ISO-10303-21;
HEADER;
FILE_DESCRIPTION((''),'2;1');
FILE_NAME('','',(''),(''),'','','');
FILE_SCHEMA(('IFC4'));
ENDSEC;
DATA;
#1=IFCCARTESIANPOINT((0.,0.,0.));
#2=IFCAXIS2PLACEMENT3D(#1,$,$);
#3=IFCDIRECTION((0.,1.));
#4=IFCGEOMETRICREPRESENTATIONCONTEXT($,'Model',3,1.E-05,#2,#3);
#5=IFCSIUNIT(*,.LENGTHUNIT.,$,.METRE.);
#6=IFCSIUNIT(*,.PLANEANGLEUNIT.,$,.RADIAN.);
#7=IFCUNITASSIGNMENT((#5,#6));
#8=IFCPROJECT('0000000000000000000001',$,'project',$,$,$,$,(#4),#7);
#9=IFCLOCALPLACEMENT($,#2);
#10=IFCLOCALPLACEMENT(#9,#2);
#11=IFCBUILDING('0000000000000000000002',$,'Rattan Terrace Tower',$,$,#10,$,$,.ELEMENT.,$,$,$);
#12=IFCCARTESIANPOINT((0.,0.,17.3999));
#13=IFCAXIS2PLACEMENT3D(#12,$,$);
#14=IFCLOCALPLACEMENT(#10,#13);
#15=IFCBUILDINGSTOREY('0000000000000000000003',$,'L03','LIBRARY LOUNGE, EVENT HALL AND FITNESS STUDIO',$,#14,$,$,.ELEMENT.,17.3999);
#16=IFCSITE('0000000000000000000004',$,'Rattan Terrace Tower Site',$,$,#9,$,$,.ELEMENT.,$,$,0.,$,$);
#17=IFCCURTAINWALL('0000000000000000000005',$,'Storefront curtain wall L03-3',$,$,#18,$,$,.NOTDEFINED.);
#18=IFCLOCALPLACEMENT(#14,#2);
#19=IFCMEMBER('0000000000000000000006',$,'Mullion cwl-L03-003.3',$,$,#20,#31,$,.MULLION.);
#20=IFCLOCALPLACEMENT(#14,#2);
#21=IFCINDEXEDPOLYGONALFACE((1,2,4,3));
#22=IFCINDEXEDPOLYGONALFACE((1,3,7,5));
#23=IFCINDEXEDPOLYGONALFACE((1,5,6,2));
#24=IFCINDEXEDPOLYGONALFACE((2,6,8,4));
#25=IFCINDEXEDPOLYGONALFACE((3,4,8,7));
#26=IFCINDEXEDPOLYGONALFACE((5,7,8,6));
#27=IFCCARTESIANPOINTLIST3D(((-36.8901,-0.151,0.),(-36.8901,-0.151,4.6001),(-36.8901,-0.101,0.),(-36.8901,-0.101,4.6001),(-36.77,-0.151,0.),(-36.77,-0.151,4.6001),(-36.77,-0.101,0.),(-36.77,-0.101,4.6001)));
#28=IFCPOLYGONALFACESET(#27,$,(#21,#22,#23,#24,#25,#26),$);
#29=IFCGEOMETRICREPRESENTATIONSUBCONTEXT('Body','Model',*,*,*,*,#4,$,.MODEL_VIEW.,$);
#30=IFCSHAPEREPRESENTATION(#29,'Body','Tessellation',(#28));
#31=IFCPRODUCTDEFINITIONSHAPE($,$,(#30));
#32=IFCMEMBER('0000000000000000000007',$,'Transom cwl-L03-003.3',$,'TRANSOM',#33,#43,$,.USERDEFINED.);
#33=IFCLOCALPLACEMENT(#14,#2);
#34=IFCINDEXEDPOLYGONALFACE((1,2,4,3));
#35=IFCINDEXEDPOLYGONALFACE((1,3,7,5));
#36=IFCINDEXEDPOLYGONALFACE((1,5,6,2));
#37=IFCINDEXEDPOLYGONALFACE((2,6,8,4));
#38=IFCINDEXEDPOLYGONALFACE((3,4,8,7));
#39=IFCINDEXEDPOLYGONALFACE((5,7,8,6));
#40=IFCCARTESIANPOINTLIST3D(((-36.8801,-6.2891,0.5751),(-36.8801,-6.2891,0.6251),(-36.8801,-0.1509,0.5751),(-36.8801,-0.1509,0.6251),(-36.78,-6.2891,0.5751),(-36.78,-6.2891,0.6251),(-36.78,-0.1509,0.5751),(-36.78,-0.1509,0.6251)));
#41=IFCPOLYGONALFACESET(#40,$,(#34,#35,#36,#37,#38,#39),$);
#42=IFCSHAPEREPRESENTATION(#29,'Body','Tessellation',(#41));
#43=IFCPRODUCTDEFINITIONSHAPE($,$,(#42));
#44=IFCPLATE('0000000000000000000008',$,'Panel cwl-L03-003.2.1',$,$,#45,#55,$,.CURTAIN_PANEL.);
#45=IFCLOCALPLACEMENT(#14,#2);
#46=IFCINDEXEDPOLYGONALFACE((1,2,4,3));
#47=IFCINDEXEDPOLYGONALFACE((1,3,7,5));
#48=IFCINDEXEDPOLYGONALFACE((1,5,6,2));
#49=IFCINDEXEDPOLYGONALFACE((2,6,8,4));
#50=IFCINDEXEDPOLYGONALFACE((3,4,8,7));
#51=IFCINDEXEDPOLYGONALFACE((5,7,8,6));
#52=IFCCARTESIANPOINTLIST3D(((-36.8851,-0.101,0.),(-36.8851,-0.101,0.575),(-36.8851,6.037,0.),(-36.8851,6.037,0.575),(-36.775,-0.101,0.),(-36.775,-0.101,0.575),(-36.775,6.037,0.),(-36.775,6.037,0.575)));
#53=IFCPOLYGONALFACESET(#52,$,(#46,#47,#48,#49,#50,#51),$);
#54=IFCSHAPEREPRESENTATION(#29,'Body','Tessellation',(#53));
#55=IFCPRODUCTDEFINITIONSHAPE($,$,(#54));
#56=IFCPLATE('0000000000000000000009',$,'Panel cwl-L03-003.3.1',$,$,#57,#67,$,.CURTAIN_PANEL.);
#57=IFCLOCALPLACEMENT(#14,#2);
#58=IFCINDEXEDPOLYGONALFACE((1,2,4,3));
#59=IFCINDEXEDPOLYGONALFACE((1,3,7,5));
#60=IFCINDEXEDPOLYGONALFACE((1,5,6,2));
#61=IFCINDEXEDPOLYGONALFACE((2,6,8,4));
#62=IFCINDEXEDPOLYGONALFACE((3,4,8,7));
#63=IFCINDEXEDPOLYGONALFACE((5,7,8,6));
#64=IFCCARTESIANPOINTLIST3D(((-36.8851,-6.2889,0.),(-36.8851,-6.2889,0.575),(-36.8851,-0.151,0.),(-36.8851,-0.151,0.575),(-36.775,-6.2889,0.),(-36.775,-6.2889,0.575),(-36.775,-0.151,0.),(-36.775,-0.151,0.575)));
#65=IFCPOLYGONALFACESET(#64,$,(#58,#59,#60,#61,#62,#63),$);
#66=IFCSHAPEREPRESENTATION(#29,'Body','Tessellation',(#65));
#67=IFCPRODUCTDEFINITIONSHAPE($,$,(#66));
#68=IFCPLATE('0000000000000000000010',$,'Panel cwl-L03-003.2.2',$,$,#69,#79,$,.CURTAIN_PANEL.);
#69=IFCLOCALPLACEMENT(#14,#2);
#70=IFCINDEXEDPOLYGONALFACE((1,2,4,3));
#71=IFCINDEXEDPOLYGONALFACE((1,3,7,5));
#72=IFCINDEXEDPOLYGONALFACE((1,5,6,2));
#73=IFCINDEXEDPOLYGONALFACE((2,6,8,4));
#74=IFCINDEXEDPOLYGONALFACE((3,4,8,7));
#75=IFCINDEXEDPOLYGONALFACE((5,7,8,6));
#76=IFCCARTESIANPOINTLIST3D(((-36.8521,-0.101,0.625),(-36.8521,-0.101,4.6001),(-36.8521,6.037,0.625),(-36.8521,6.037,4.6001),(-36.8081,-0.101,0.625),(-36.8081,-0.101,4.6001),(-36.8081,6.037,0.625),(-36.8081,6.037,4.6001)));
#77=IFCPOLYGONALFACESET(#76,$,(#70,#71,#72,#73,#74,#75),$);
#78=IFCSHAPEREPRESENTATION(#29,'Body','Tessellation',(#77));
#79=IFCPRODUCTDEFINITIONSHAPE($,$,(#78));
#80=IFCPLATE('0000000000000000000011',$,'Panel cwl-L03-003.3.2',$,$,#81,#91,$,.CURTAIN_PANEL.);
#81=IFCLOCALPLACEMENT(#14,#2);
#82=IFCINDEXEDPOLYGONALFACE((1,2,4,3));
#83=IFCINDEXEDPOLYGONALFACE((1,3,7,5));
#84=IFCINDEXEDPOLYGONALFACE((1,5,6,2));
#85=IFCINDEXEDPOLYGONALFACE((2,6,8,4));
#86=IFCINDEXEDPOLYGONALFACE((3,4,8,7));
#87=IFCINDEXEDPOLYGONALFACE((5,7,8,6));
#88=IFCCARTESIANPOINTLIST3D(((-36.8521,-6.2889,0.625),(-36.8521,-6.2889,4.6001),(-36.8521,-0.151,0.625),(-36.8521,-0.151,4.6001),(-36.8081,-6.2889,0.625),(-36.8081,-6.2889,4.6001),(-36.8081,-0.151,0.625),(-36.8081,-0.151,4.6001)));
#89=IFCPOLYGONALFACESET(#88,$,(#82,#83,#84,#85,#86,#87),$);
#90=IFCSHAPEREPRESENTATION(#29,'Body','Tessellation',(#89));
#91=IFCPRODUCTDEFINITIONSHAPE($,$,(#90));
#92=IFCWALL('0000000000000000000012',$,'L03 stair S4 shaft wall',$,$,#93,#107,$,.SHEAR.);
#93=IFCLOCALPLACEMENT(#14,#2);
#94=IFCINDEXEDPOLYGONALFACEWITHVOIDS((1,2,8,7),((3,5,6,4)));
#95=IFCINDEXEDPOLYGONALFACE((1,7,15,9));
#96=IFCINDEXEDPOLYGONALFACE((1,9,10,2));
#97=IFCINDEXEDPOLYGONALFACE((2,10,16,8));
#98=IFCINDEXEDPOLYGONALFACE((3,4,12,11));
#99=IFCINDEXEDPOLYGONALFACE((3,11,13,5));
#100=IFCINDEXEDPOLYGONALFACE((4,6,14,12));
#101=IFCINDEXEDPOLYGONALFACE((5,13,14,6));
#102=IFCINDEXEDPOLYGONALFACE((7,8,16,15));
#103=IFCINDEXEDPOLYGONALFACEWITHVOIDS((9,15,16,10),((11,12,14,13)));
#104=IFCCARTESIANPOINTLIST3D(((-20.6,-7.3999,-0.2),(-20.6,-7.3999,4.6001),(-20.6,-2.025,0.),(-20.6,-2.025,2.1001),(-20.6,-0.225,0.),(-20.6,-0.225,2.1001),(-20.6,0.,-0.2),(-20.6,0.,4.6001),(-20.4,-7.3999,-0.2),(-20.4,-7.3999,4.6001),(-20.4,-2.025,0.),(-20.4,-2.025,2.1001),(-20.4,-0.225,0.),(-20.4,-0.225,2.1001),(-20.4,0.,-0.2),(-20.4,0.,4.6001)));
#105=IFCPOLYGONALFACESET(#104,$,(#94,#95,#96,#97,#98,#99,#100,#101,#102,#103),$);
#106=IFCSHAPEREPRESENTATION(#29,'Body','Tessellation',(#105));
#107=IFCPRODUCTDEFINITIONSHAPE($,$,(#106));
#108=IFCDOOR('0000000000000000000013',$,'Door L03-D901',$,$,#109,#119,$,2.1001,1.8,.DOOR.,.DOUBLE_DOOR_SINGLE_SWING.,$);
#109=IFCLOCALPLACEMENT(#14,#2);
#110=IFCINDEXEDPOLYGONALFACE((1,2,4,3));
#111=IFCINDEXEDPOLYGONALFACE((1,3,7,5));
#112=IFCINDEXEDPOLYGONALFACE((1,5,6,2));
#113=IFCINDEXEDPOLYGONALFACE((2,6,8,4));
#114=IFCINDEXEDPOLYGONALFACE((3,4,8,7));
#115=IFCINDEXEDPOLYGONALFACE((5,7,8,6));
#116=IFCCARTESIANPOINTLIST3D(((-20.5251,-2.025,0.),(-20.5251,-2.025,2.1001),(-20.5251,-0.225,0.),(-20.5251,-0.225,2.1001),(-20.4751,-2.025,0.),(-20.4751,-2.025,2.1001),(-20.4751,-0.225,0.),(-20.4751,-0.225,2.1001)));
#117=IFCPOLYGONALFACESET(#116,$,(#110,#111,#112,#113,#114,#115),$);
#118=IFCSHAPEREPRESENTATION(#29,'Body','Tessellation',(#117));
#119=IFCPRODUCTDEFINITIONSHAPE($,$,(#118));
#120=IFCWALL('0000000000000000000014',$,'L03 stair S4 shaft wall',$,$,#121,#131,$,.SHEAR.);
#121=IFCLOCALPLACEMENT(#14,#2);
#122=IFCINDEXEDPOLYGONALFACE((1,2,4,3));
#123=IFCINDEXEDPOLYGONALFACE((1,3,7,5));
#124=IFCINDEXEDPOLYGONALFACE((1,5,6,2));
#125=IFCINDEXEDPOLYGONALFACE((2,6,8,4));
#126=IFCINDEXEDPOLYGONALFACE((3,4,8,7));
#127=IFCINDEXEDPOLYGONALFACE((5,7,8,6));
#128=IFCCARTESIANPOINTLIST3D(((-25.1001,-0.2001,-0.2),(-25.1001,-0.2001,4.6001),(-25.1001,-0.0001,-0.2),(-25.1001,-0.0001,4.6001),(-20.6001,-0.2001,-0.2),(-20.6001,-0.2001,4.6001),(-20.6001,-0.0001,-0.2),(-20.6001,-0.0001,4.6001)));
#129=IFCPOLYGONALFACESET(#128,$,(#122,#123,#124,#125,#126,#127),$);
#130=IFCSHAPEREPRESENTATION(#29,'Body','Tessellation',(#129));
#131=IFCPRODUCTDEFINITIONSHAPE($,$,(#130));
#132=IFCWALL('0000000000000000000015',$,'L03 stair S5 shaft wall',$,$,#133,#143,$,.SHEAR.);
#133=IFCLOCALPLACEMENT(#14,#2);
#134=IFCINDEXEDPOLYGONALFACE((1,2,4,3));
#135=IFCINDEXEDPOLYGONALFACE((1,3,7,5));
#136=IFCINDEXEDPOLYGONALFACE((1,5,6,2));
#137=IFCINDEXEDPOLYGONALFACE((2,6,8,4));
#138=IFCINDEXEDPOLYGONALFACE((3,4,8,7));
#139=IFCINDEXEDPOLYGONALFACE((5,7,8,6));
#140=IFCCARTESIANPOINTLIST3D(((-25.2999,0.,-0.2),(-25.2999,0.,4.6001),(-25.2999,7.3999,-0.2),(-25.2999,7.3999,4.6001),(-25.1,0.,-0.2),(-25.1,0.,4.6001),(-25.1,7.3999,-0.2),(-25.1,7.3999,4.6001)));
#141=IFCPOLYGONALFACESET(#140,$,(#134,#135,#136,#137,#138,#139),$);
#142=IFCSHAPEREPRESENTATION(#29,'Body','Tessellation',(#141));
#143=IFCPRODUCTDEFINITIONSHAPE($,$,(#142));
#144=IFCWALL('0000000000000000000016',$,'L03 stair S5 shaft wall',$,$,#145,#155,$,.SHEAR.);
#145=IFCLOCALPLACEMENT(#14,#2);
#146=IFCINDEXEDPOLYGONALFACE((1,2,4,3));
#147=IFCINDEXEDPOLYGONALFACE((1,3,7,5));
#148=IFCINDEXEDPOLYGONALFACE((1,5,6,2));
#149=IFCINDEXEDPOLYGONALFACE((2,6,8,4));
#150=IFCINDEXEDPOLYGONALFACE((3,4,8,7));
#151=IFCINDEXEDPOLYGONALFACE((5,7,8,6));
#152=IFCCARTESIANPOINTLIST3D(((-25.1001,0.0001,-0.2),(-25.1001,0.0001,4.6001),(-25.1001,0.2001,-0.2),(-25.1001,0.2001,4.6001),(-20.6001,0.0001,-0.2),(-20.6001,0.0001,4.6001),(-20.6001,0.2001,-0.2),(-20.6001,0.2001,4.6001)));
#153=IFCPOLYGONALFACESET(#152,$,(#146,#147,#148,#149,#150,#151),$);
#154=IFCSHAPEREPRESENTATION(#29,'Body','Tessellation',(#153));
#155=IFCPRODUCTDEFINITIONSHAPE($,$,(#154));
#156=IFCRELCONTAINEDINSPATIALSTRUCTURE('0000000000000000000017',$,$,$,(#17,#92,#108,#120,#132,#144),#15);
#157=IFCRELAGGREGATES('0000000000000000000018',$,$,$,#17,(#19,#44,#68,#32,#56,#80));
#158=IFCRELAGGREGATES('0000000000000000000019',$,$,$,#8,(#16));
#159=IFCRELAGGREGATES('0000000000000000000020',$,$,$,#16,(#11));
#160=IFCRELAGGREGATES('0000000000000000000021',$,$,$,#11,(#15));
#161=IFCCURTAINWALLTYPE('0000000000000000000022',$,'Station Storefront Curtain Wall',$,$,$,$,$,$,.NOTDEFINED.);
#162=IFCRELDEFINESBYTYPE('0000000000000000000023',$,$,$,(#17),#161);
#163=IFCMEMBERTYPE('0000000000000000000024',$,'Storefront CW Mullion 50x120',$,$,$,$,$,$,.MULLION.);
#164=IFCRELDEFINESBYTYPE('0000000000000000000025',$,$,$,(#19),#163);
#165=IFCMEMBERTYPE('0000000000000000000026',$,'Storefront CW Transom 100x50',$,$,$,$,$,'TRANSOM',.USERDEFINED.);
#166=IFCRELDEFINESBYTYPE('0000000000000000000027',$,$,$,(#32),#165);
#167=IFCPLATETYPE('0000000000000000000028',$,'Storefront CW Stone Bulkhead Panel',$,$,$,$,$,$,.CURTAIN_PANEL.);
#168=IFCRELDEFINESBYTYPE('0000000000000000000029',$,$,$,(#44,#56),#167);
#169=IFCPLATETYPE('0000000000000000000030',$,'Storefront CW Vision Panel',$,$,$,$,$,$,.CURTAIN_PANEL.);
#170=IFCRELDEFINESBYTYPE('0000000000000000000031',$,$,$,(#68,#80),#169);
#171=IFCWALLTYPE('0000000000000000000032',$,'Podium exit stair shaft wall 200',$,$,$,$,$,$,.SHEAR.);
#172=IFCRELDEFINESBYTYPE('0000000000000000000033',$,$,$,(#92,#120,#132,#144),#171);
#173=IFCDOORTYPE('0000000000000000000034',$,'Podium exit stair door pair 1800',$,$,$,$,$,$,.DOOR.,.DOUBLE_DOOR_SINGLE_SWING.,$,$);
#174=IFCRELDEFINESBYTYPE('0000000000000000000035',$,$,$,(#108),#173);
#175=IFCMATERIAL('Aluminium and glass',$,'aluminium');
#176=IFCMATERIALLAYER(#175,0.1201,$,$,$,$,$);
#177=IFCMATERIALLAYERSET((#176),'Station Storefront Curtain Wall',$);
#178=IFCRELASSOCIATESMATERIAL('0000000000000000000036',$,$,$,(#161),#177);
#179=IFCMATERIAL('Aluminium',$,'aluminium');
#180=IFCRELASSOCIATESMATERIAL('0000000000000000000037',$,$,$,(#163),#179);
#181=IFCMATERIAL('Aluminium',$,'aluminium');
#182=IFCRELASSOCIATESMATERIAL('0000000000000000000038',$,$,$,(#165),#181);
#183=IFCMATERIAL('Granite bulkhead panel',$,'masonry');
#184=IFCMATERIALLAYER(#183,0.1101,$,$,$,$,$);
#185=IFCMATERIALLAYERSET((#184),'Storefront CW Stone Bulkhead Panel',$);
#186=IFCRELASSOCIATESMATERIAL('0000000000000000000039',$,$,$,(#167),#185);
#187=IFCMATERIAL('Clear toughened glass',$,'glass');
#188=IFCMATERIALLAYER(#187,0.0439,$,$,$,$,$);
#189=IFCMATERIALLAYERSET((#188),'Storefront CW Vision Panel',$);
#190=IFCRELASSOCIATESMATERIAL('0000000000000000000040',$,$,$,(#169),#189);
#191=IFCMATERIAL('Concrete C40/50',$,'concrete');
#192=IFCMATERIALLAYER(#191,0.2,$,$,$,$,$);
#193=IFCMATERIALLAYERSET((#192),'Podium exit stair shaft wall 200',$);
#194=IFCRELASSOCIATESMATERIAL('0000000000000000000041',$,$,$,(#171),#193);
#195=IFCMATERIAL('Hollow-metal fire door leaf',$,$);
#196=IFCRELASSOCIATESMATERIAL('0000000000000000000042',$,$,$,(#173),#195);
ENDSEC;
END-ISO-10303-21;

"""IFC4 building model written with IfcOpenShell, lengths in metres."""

from ifc_helpers import new_model, si_unit, direction, frame, frame_2d, origin, origin_2d, place, context, subcontext, project, spatial, rectangle, extrude, material, layer, layer_set, material_profile, profile_set, type_object, element, fill, aggregate, save


model = new_model("IFC4")

# Units and contexts
model_context = context("Model", 3, precision=1e-05, world=origin(), true_north=direction((0.0, 1.0)))
body_context = subcontext(model_context, "Body", "Model", "MODEL_VIEW")
ifc_project = project(units=[si_unit("LENGTHUNIT", "METRE"), si_unit("PLANEANGLEUNIT", "RADIAN")], contexts=[model_context])

# Site, building, storey
site_placement = place(None, origin())
site = spatial("IfcSite", under=ifc_project, at=site_placement, Name="Rattan Terrace Tower Site", CompositionType="ELEMENT", RefElevation=0.0)
building_placement = place(site_placement, origin())
building = spatial("IfcBuilding", under=site, at=building_placement, Name="Rattan Terrace Tower", CompositionType="ELEMENT")
storey_placement = place(building_placement, frame((0.0, 0.0, 17.3999)))
storey = spatial("IfcBuildingStorey", under=building, at=storey_placement, Name="L03", Description="LIBRARY LOUNGE, EVENT HALL AND FITNESS STUDIO", CompositionType="ELEMENT", Elevation=17.3999)

# Curtain wall, members, plates
ifc_material_1 = material(Name="Aluminium and glass", Category="aluminium")
ifc_layer_1 = layer(ifc_material_1, 0.1201)
ifc_layer_set_1 = layer_set([ifc_layer_1], Name="Station Storefront Curtain Wall")
curtain_wall_type = type_object("IfcCurtainWallType", Name="Station Storefront Curtain Wall", PredefinedType="NOTDEFINED", material=ifc_layer_set_1)
curtain_wall_placement = place(storey_placement, origin())
curtain_wall = element("IfcCurtainWall", 1, at=curtain_wall_placement, inside=storey, type_object=curtain_wall_type, Name="Storefront curtain wall L03-3", PredefinedType="NOTDEFINED")
ifc_material_2 = material(Name="Aluminium", Category="aluminium")
ifc_material_profile_1 = material_profile(ifc_material_2, rectangle(XDim=0.05, YDim=0.1201, at=origin_2d()), Name="Aluminium 50x120")
ifc_profile_set_1 = profile_set([ifc_material_profile_1], Name="Aluminium")
member_type_1 = type_object("IfcMemberType", Name="Storefront CW Mullion 50x120", PredefinedType="MULLION", material=ifc_profile_set_1)
member_1_placement = place(storey_placement, frame((-36.8301, -0.126, 0.0), z_axis=(0.0, 0.0, 1.0), x_axis=(0.0, -1.0, 0.0)))
member_1 = element("IfcMember", 2, at=member_1_placement, type_object=member_type_1, Name="Mullion cwl-L03-003.3", PredefinedType="MULLION", context=body_context, shape_type="SweptSolid", body=[
    extrude(rectangle(XDim=0.05, YDim=0.1201, at=origin_2d()), origin(), (0.0, 0.0, 1.0), 4.6001),
])
ifc_material_3 = material(Name="Aluminium", Category="aluminium")
ifc_material_profile_2 = material_profile(ifc_material_3, rectangle(XDim=0.1001, YDim=0.05, at=origin_2d()), Name="Aluminium 100x50")
ifc_profile_set_2 = profile_set([ifc_material_profile_2], Name="Aluminium")
member_type_2 = type_object("IfcMemberType", Name="Storefront CW Transom 100x50", ElementType="TRANSOM", PredefinedType="USERDEFINED", material=ifc_profile_set_2)
member_2_placement = place(storey_placement, frame((-36.8301, -0.1509, 0.6001), z_axis=(0.0, -1.0, 0.0), x_axis=(1.0, 0.0, 0.0)))
member_2 = element("IfcMember", 3, at=member_2_placement, type_object=member_type_2, Name="Transom cwl-L03-003.3", ObjectType="TRANSOM", PredefinedType="USERDEFINED", context=body_context, shape_type="SweptSolid", body=[
    extrude(rectangle(XDim=0.1001, YDim=0.05, at=origin_2d()), origin(), (0.0, 0.0, 1.0), 6.1382),
])
ifc_material_4 = material(Name="Granite bulkhead panel", Category="masonry")
ifc_layer_2 = layer(ifc_material_4, 0.1101)
ifc_layer_set_2 = layer_set([ifc_layer_2], Name="Storefront CW Stone Bulkhead Panel")
plate_type_1 = type_object("IfcPlateType", Name="Storefront CW Stone Bulkhead Panel", PredefinedType="CURTAIN_PANEL", material=ifc_layer_set_2)
plate_1_placement = place(storey_placement, frame((-36.8301, 2.968, 0.0), z_axis=(0.0, 0.0, 1.0), x_axis=(0.0, -1.0, 0.0)))
plate_1 = element("IfcPlate", 4, at=plate_1_placement, type_object=plate_type_1, Name="Panel cwl-L03-003.2.1", PredefinedType="CURTAIN_PANEL", context=body_context, shape_type="SweptSolid", body=[
    extrude(rectangle(XDim=6.1379, YDim=0.1101, at=origin_2d()), origin(), (0.0, 0.0, 1.0), 0.575),
])
plate_2_placement = place(storey_placement, frame((-36.8301, -3.22, 0.0), z_axis=(0.0, 0.0, 1.0), x_axis=(0.0, -1.0, 0.0)))
plate_2 = element("IfcPlate", 5, at=plate_2_placement, type_object=plate_type_1, Name="Panel cwl-L03-003.3.1", PredefinedType="CURTAIN_PANEL", context=body_context, shape_type="SweptSolid", body=[
    extrude(rectangle(XDim=6.1379, YDim=0.1101, at=origin_2d()), origin(), (0.0, 0.0, 1.0), 0.575),
])
ifc_material_5 = material(Name="Clear toughened glass", Category="glass")
ifc_layer_3 = layer(ifc_material_5, 0.0439)
ifc_layer_set_3 = layer_set([ifc_layer_3], Name="Storefront CW Vision Panel")
plate_type_2 = type_object("IfcPlateType", Name="Storefront CW Vision Panel", PredefinedType="CURTAIN_PANEL", material=ifc_layer_set_3)
plate_3_placement = place(storey_placement, frame((-36.8301, 2.968, 0.625), z_axis=(0.0, 0.0, 1.0), x_axis=(0.0, -1.0, 0.0)))
plate_3 = element("IfcPlate", 6, at=plate_3_placement, type_object=plate_type_2, Name="Panel cwl-L03-003.2.2", PredefinedType="CURTAIN_PANEL", context=body_context, shape_type="SweptSolid", body=[
    extrude(rectangle(XDim=6.1379, YDim=0.0439, at=origin_2d()), origin(), (0.0, 0.0, 1.0), 3.9751),
])
plate_4_placement = place(storey_placement, frame((-36.8301, -3.22, 0.625), z_axis=(0.0, 0.0, 1.0), x_axis=(0.0, -1.0, 0.0)))
plate_4 = element("IfcPlate", 7, at=plate_4_placement, type_object=plate_type_2, Name="Panel cwl-L03-003.3.2", PredefinedType="CURTAIN_PANEL", context=body_context, shape_type="SweptSolid", body=[
    extrude(rectangle(XDim=6.1379, YDim=0.0439, at=origin_2d()), origin(), (0.0, 0.0, 1.0), 3.9751),
])
aggregate(curtain_wall, [member_1, plate_1, plate_3, member_2, plate_2, plate_4])

# Wall, opening, door
ifc_material_6 = material(Name="Concrete C40/50", Category="concrete")
ifc_layer_4 = layer(ifc_material_6, 0.2)
ifc_layer_set_4 = layer_set([ifc_layer_4], Name="Podium exit stair shaft wall 200")
wall_type = type_object("IfcWallType", Name="Podium exit stair shaft wall 200", PredefinedType="SHEAR", material=ifc_layer_set_4)
wall_1_placement = place(storey_placement, frame((-20.5, 0.0, -0.2), z_axis=(0.0, 0.0, 1.0), x_axis=(0.0, -1.0, 0.0)))
wall_1 = element("IfcWall", 8, at=wall_1_placement, inside=storey, type_object=wall_type, Name="L03 stair S4 shaft wall", PredefinedType="SHEAR", context=body_context, shape_type="SweptSolid", body=[
    extrude(rectangle(XDim=7.3999, YDim=0.2, at=frame_2d((3.7, 0.0))), origin(), (0.0, 0.0, 1.0), 4.8),
])
opening_placement = place(wall_1_placement, frame((0.2251, 0.0, 0.2)))
opening = element("IfcOpeningElement", 9, at=opening_placement, cuts=wall_1, PredefinedType="OPENING", context=body_context, shape_type="SweptSolid", body=[
    extrude(rectangle(XDim=1.8, YDim=2.1001, at=frame_2d((0.8999, 1.05))), frame((0.0, 0.1106, 0.0), z_axis=(0.0, -1.0, 0.0), x_axis=(1.0, 0.0, 0.0)), (0.0, 0.0, 1.0), 0.2209),
])
ifc_material_7 = material(Name="Hollow-metal fire door leaf")
door_type = type_object("IfcDoorType", Name="Podium exit stair door pair 1800", OperationType="DOUBLE_DOOR_SINGLE_SWING", PredefinedType="DOOR", material=ifc_material_7)
door_placement = place(opening_placement, origin())
door = element("IfcDoor", 10, at=door_placement, inside=storey, type_object=door_type, Name="Door L03-D901", OperationType="DOUBLE_DOOR_SINGLE_SWING", OverallHeight=2.1001, OverallWidth=1.8, PredefinedType="DOOR", context=body_context, shape_type="SweptSolid", body=[
    extrude(rectangle(XDim=1.8, YDim=2.1001, at=frame_2d((0.8999, 1.05))), frame((0.0, 0.0249, 0.0), z_axis=(0.0, -1.0, 0.0), x_axis=(1.0, 0.0, 0.0)), (0.0, 0.0, 1.0), 0.05),
])
fill(opening, door)

# Walls
wall_2_placement = place(storey_placement, frame((-25.1001, -0.1001, -0.2), z_axis=(0.0, 0.0, 1.0), x_axis=(1.0, 0.0, 0.0)))
element("IfcWall", 11, at=wall_2_placement, inside=storey, type_object=wall_type, Name="L03 stair S4 shaft wall", PredefinedType="SHEAR", context=body_context, shape_type="SweptSolid", body=[
    extrude(rectangle(XDim=4.5, YDim=0.2, at=frame_2d((2.25, 0.0))), origin(), (0.0, 0.0, 1.0), 4.8),
])
wall_3_placement = place(storey_placement, frame((-25.2, 0.0, -0.2), z_axis=(0.0, 0.0, 1.0), x_axis=(0.0, 1.0, 0.0)))
element("IfcWall", 12, at=wall_3_placement, inside=storey, type_object=wall_type, Name="L03 stair S5 shaft wall", PredefinedType="SHEAR", context=body_context, shape_type="SweptSolid", body=[
    extrude(rectangle(XDim=7.3999, YDim=0.2, at=frame_2d((3.7, 0.0))), origin(), (0.0, 0.0, 1.0), 4.8),
])
wall_4_placement = place(storey_placement, frame((-25.1001, 0.1001, -0.2), z_axis=(0.0, 0.0, 1.0), x_axis=(1.0, 0.0, 0.0)))
element("IfcWall", 13, at=wall_4_placement, inside=storey, type_object=wall_type, Name="L03 stair S5 shaft wall", PredefinedType="SHEAR", context=body_context, shape_type="SweptSolid", body=[
    extrude(rectangle(XDim=4.5, YDim=0.2, at=frame_2d((2.25, 0.0))), origin(), (0.0, 0.0, 1.0), 4.8),
])

save(model, "model.ifc")
